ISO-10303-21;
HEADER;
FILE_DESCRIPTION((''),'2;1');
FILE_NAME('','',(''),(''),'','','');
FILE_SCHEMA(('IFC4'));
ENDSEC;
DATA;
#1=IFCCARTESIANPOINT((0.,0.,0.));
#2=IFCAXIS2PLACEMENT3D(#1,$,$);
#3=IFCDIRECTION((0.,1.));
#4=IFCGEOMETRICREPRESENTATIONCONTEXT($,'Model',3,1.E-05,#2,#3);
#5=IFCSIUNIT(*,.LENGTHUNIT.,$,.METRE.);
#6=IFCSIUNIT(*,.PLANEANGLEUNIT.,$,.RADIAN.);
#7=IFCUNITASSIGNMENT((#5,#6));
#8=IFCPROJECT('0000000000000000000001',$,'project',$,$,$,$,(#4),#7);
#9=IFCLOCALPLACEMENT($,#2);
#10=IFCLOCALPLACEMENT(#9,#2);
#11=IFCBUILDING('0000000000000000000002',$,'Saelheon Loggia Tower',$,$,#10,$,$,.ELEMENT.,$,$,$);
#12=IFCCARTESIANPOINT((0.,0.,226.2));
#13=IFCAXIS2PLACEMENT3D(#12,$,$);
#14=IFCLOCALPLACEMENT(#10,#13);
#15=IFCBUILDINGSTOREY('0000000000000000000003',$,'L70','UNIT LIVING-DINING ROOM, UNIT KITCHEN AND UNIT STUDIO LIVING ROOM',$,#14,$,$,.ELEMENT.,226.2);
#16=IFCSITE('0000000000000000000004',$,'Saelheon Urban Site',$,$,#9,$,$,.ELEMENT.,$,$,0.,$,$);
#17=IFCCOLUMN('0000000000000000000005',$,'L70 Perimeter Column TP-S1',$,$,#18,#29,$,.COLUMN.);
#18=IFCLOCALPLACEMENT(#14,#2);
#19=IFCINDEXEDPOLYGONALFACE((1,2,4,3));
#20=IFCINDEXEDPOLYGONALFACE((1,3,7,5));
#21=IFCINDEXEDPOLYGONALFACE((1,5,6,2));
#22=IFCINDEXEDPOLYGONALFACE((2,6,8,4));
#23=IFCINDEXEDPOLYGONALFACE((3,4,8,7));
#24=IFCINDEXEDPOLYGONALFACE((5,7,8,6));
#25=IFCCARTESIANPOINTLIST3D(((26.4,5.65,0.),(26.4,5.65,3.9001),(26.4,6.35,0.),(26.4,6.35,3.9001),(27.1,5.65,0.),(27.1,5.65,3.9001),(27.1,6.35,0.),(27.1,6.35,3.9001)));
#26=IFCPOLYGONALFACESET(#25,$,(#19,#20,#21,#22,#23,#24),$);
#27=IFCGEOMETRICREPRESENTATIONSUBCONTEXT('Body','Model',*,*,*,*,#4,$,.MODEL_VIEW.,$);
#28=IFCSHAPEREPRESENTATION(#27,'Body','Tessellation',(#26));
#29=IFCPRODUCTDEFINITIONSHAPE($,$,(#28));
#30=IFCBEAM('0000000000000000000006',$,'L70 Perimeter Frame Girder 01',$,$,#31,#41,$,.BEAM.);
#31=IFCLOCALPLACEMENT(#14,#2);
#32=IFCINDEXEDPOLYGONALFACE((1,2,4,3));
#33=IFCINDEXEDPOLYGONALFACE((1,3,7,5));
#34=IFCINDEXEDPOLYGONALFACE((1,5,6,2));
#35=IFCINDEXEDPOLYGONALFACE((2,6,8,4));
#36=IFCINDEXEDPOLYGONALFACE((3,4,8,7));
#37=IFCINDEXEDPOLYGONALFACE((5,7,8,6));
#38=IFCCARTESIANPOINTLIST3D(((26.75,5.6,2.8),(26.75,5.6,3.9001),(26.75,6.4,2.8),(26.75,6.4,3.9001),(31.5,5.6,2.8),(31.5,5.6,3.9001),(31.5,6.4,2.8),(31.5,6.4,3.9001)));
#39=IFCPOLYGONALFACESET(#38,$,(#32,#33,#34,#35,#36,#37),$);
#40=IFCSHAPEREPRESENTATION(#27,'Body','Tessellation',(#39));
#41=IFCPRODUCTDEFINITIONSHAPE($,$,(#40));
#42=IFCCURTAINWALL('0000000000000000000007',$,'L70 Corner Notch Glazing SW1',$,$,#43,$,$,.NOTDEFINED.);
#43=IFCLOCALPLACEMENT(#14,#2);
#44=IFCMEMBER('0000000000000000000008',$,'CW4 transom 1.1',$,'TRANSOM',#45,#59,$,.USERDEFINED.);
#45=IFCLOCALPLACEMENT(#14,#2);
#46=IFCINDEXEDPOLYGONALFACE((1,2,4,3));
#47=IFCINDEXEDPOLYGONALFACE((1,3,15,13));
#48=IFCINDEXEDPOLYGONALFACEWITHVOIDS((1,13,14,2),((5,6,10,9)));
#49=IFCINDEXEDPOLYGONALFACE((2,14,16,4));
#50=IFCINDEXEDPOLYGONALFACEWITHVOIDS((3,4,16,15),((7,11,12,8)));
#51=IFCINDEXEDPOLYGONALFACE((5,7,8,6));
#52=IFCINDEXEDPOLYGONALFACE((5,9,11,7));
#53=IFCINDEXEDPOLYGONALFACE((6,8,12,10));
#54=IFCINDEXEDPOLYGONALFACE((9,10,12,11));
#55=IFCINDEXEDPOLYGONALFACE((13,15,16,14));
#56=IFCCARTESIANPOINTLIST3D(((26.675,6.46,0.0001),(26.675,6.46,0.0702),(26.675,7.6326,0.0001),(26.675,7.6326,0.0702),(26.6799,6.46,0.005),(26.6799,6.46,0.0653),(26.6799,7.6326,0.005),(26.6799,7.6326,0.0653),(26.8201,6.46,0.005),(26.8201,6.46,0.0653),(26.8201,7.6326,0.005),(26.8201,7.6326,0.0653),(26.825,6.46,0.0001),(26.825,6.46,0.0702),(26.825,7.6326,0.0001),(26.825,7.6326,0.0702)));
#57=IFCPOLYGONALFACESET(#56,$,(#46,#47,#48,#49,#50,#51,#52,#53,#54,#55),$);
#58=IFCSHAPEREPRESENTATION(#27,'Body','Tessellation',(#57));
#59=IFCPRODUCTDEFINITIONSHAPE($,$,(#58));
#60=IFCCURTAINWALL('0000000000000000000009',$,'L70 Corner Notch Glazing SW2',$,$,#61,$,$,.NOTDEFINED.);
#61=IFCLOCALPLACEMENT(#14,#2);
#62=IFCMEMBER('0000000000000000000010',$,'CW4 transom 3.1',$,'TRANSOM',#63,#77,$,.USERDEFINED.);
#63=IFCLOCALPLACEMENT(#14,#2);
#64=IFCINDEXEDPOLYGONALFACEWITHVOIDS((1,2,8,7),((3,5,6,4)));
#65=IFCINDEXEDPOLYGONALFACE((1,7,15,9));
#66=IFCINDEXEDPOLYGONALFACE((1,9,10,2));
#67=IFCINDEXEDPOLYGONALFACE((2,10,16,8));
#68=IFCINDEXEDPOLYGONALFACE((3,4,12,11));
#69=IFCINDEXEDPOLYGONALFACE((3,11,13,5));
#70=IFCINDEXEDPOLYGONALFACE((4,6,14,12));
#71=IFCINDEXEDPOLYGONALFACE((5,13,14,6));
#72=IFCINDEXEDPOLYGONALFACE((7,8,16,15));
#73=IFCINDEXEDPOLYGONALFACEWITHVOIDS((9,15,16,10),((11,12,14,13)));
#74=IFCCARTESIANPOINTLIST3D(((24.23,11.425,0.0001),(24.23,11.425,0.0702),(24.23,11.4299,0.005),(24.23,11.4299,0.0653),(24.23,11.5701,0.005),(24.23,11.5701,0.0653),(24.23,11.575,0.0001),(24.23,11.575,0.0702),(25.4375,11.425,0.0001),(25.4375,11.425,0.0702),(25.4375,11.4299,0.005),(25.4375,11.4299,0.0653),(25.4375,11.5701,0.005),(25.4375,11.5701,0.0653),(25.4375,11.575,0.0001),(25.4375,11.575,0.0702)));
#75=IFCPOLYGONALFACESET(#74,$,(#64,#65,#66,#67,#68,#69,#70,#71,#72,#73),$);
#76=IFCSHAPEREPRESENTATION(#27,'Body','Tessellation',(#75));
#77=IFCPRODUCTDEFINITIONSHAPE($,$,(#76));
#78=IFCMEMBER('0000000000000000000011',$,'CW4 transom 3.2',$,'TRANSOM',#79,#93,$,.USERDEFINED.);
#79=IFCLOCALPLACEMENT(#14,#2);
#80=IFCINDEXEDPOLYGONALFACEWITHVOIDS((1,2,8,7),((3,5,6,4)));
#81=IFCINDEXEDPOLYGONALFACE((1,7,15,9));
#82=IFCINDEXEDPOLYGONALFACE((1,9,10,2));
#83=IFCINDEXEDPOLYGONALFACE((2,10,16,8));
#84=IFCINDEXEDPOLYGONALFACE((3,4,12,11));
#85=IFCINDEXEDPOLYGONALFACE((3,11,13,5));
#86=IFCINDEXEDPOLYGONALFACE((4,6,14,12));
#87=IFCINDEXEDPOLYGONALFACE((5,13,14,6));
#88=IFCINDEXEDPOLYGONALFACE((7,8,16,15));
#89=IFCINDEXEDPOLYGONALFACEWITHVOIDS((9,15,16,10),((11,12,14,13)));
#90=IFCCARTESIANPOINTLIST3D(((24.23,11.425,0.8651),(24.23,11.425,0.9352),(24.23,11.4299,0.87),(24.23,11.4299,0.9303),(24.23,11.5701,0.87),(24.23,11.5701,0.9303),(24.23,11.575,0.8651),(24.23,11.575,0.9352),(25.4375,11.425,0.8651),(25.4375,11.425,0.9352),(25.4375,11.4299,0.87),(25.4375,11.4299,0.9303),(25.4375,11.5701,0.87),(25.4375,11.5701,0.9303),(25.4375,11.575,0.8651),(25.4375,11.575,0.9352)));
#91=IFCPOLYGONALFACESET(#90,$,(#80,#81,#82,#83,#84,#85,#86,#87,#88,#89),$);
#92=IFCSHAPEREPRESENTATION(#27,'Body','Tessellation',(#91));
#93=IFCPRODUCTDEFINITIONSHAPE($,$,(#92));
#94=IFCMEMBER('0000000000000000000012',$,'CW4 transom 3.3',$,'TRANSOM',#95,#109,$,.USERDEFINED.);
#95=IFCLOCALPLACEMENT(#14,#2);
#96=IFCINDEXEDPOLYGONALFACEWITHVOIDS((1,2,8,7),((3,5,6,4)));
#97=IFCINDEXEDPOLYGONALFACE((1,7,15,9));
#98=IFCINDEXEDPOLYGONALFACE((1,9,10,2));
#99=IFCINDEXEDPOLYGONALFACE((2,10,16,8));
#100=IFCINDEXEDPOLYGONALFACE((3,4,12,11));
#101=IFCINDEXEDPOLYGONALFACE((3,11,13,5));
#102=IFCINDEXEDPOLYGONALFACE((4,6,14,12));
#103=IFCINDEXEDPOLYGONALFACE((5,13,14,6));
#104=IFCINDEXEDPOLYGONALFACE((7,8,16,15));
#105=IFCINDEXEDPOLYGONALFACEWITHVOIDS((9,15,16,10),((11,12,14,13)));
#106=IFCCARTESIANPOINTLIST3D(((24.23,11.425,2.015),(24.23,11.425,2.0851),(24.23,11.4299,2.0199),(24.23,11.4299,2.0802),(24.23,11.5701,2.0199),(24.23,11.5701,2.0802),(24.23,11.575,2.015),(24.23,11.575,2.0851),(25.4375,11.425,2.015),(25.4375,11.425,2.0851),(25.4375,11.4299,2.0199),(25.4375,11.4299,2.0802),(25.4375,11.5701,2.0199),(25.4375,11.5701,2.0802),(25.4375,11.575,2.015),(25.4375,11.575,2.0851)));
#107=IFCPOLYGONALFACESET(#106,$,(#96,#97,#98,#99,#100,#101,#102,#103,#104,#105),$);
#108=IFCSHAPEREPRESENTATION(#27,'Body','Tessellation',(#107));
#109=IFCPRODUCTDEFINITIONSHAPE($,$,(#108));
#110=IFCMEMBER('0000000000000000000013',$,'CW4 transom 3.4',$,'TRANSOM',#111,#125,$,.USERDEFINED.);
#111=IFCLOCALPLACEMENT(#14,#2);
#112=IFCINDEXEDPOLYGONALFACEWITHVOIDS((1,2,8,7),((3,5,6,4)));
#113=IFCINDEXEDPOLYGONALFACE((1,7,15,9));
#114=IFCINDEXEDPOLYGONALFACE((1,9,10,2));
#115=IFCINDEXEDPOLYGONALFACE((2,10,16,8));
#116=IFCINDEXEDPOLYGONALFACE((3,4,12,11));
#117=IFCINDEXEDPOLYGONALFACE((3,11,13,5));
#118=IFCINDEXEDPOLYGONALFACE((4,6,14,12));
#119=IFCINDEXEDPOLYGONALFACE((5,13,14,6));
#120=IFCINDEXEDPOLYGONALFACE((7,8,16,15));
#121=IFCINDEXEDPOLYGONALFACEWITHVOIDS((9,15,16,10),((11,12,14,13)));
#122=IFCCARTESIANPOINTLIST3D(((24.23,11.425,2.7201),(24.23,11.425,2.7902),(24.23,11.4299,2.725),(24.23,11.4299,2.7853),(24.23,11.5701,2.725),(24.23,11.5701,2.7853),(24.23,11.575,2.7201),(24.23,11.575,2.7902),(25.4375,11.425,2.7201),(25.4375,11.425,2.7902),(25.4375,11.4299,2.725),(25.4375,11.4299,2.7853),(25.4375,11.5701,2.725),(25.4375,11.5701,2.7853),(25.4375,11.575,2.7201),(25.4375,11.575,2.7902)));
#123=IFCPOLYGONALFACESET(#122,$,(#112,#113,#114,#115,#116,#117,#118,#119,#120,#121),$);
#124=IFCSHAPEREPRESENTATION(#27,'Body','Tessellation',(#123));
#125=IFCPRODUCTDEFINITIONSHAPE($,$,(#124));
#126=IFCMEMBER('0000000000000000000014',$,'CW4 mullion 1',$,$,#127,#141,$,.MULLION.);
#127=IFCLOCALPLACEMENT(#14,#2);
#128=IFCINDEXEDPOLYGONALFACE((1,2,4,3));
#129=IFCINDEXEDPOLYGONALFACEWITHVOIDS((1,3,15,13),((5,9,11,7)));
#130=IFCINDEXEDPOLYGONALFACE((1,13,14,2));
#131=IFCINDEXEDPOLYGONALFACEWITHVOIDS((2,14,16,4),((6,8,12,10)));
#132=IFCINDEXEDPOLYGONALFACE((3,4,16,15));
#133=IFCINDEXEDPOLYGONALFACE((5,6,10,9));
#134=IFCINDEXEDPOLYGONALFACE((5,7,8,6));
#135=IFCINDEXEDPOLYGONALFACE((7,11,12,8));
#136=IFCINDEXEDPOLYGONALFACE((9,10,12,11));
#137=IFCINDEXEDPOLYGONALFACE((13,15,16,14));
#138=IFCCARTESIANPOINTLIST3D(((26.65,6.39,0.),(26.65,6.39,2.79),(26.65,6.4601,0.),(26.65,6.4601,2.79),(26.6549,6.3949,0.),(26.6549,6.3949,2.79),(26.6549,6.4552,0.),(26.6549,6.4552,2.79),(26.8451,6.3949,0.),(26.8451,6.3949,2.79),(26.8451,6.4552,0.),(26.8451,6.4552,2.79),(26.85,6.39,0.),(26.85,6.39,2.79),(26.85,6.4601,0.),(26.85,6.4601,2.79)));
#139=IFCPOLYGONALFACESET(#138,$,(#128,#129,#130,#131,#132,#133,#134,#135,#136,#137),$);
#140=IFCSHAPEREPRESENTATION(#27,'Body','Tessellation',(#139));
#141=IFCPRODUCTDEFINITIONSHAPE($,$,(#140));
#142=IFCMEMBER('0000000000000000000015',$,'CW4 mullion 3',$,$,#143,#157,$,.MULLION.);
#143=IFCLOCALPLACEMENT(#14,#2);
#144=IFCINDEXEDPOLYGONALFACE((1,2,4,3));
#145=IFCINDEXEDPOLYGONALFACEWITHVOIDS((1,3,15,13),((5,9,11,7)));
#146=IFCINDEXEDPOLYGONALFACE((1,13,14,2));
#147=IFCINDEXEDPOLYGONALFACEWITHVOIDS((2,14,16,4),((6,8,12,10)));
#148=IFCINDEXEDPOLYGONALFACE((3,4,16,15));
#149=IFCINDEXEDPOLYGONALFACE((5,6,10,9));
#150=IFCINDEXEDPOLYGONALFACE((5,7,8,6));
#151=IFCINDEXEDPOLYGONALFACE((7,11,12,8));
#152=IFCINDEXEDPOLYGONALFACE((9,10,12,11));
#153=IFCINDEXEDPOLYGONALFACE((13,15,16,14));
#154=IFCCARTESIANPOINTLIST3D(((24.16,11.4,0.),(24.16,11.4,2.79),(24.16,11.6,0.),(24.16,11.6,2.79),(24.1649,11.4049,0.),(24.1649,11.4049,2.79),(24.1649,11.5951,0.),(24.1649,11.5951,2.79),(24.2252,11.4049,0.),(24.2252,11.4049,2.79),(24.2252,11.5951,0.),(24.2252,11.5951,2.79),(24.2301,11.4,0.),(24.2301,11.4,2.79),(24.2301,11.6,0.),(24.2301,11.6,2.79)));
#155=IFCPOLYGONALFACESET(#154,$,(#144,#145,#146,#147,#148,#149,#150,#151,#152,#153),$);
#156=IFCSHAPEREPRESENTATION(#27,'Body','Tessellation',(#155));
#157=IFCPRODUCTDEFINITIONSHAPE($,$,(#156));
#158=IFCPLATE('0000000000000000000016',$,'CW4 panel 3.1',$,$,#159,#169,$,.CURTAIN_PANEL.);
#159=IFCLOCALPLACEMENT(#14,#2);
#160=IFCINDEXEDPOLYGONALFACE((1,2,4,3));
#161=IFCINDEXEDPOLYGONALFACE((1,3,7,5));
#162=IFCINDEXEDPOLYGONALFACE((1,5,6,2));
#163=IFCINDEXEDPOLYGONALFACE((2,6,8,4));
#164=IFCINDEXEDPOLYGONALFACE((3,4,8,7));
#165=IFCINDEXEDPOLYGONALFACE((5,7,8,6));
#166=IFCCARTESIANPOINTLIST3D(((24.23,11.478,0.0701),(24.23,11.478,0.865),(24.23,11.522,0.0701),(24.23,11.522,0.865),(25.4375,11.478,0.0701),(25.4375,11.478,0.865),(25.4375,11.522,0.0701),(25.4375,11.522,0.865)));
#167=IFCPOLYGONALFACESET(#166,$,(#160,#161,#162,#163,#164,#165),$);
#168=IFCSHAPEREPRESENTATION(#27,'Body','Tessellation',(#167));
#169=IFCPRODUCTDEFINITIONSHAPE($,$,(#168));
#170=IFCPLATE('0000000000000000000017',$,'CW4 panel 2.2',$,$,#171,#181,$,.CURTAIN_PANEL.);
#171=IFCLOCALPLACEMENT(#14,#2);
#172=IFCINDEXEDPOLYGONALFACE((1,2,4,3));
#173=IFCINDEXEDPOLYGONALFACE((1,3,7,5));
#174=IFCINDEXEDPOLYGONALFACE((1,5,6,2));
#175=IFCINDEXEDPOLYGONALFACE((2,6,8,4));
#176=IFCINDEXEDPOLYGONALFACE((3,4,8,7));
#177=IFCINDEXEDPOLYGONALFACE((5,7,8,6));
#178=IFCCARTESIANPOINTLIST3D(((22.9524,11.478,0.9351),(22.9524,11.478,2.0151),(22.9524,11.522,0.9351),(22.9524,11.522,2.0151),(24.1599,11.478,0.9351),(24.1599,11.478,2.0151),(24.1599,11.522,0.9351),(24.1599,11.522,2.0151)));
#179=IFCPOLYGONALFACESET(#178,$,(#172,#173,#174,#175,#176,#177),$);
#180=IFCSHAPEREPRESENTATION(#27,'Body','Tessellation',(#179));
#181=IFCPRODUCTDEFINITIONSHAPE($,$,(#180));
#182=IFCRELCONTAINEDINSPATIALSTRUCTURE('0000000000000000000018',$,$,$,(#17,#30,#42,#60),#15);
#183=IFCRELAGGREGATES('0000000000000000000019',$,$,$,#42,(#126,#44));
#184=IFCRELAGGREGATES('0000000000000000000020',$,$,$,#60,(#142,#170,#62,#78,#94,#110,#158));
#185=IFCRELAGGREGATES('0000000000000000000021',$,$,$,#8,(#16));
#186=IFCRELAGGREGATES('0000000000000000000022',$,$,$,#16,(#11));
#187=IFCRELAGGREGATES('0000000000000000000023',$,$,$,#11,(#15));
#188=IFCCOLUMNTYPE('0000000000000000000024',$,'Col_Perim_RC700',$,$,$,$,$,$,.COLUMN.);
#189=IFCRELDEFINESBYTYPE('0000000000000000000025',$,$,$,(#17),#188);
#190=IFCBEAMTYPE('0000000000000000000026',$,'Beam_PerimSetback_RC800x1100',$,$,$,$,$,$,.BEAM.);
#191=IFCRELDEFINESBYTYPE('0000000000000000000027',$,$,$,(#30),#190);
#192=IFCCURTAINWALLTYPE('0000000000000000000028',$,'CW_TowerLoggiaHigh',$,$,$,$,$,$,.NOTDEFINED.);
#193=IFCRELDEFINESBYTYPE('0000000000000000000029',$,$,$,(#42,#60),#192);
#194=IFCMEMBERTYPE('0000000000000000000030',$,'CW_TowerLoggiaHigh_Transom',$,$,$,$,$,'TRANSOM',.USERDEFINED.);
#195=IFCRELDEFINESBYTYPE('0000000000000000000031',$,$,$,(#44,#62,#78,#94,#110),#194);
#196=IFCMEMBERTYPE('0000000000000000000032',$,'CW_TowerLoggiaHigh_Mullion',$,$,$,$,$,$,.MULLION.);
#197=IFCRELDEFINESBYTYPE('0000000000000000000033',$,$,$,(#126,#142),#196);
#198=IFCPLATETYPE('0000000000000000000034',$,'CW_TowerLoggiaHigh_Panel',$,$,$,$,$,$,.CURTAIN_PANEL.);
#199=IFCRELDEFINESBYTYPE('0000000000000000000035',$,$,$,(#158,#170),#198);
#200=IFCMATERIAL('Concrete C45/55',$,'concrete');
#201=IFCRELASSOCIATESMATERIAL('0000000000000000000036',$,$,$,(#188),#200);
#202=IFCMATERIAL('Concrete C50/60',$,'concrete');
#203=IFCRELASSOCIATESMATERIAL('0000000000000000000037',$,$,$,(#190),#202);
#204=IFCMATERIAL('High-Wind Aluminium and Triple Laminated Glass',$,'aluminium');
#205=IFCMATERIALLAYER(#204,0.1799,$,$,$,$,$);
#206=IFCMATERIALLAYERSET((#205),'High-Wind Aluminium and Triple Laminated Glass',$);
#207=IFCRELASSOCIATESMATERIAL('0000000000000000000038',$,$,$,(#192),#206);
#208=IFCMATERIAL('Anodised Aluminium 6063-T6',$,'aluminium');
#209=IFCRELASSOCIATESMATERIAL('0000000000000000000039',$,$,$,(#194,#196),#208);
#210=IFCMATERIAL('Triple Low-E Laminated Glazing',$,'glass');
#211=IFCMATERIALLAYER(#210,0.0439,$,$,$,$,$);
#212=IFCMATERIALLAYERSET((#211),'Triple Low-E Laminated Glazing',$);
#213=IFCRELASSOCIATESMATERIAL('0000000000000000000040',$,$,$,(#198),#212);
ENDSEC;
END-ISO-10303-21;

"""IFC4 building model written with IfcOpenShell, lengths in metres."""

from ifc_helpers import new_model, si_unit, direction, frame, origin, origin_2d, place, context, subcontext, project, spatial, rectangle, hollow_rectangle, extrude, source, transform, mapped, material, layer, layer_set, material_profile, profile_set, type_object, element, aggregate, save


model = new_model("IFC4")

# Units and contexts
model_context = context("Model", 3, precision=1e-05, world=origin(), true_north=direction((0.0, 1.0)))
body_context = subcontext(model_context, "Body", "Model", "MODEL_VIEW")
ifc_project = project(units=[si_unit("LENGTHUNIT", "METRE"), si_unit("PLANEANGLEUNIT", "RADIAN")], contexts=[model_context])

# Site, building, storey
site_placement = place(None, origin())
site = spatial("IfcSite", under=ifc_project, at=site_placement, Name="Saelheon Urban Site", CompositionType="ELEMENT", RefElevation=0.0)
building_placement = place(site_placement, origin())
building = spatial("IfcBuilding", under=site, at=building_placement, Name="Saelheon Loggia Tower", CompositionType="ELEMENT")
storey_placement = place(building_placement, frame((0.0, 0.0, 226.2)))
storey = spatial("IfcBuildingStorey", under=building, at=storey_placement, Name="L70", Description="UNIT LIVING-DINING ROOM, UNIT KITCHEN AND UNIT STUDIO LIVING ROOM", CompositionType="ELEMENT", Elevation=226.2)

# Column
ifc_material_1 = material(Name="Concrete C45/55", Category="concrete")
ifc_material_profile_1 = material_profile(ifc_material_1, rectangle(XDim=0.7, YDim=0.7, at=origin_2d()), Name="RC-700x700")
ifc_profile_set_1 = profile_set([ifc_material_profile_1], Name="Concrete C45/55")
column_type = type_object("IfcColumnType", Name="Col_Perim_RC700", PredefinedType="COLUMN", material=ifc_profile_set_1)
shared_shape_1 = source(origin(), body_context, "Body", "SweptSolid", [
    extrude(rectangle(XDim=0.7, YDim=0.7, at=origin_2d()), origin(), (0.0, 0.0, 1.0), 3.9001),
])
column_placement = place(storey_placement, frame((26.75, 6.0, 0.0), z_axis=(0.0, 0.0, 1.0), x_axis=(1.0, 0.0, 0.0)))
element("IfcColumn", 1, at=column_placement, inside=storey, type_object=column_type, Name="L70 Perimeter Column TP-S1", PredefinedType="COLUMN", context=body_context, shape_type="MappedRepresentation", body=[
    mapped(shared_shape_1, transform((0.0, 0.0, 0.0), scale=1.0)),
])

# Beam
ifc_material_2 = material(Name="Concrete C50/60", Category="concrete")
ifc_material_profile_2 = material_profile(ifc_material_2, rectangle(XDim=0.8, YDim=1.1001, at=origin_2d()), Name="RC-800x1100")
ifc_profile_set_2 = profile_set([ifc_material_profile_2], Name="Concrete C50/60")
beam_type = type_object("IfcBeamType", Name="Beam_PerimSetback_RC800x1100", PredefinedType="BEAM", material=ifc_profile_set_2)
shared_shape_2 = source(origin(), body_context, "Body", "SweptSolid", [
    extrude(rectangle(XDim=0.8, YDim=1.1001, at=origin_2d()), origin(), (0.0, 0.0, 1.0), 4.75),
])
beam_placement = place(storey_placement, frame((26.75, 6.0, 3.3501), z_axis=(1.0, 0.0, 0.0), x_axis=(0.0, 1.0, 0.0)))
element("IfcBeam", 2, at=beam_placement, inside=storey, type_object=beam_type, Name="L70 Perimeter Frame Girder 01", PredefinedType="BEAM", context=body_context, shape_type="MappedRepresentation", body=[
    mapped(shared_shape_2, transform((0.0, 0.0, 0.0), scale=1.0)),
])

# Curtain wall, member
ifc_material_3 = material(Name="High-Wind Aluminium and Triple Laminated Glass", Category="aluminium")
ifc_layer_1 = layer(ifc_material_3, 0.1799)
ifc_layer_set_1 = layer_set([ifc_layer_1], Name="High-Wind Aluminium and Triple Laminated Glass")
curtain_wall_type = type_object("IfcCurtainWallType", Name="CW_TowerLoggiaHigh", PredefinedType="NOTDEFINED", material=ifc_layer_set_1)
curtain_wall_1_placement = place(storey_placement, origin())
curtain_wall_1 = element("IfcCurtainWall", 3, at=curtain_wall_1_placement, inside=storey, type_object=curtain_wall_type, Name="L70 Corner Notch Glazing SW1", PredefinedType="NOTDEFINED")
ifc_material_4 = material(Name="Anodised Aluminium 6063-T6", Category="aluminium")
ifc_material_profile_3 = material_profile(ifc_material_4, hollow_rectangle(XDim=0.0701, YDim=0.1499, WallThickness=0.0049, at=origin_2d()), Name="RHS-150x70x5")
ifc_profile_set_3 = profile_set([ifc_material_profile_3], Name="Anodised Aluminium 6063-T6")
member_type_1 = type_object("IfcMemberType", Name="CW_TowerLoggiaHigh_Transom", ElementType="TRANSOM", PredefinedType="USERDEFINED", material=ifc_profile_set_3)
shared_shape_3 = source(origin(), body_context, "Body", "SweptSolid", [
    extrude(hollow_rectangle(XDim=0.0701, YDim=0.1499, WallThickness=0.0049, at=origin_2d()), origin(), (0.0, 0.0, 1.0), 1.1726),
])
member_1_placement = place(storey_placement, frame((26.75, 6.46, 0.0352), z_axis=(0.0, 1.0, 0.0), x_axis=(0.0, 0.0, 1.0)))
member_1 = element("IfcMember", 4, at=member_1_placement, type_object=member_type_1, Name="CW4 transom 1.1", ObjectType="TRANSOM", PredefinedType="USERDEFINED", context=body_context, shape_type="MappedRepresentation", body=[
    mapped(shared_shape_3, transform((0.0, 0.0, 0.0), scale=1.0)),
])

# Curtain wall, members
curtain_wall_2_placement = place(storey_placement, origin())
curtain_wall_2 = element("IfcCurtainWall", 5, at=curtain_wall_2_placement, inside=storey, type_object=curtain_wall_type, Name="L70 Corner Notch Glazing SW2", PredefinedType="NOTDEFINED")
shared_shape_4 = source(origin(), body_context, "Body", "SweptSolid", [
    extrude(hollow_rectangle(XDim=0.0701, YDim=0.1499, WallThickness=0.0049, at=origin_2d()), origin(), (0.0, 0.0, 1.0), 1.2075),
])
member_2_placement = place(storey_placement, frame((24.23, 11.5, 0.0352), z_axis=(1.0, 0.0, 0.0), x_axis=(0.0, 0.0, 1.0)))
member_2 = element("IfcMember", 6, at=member_2_placement, type_object=member_type_1, Name="CW4 transom 3.1", ObjectType="TRANSOM", PredefinedType="USERDEFINED", context=body_context, shape_type="MappedRepresentation", body=[
    mapped(shared_shape_4, transform((0.0, 0.0, 0.0), scale=1.0)),
])
member_3_placement = place(storey_placement, frame((24.23, 11.5, 0.9001), z_axis=(1.0, 0.0, 0.0), x_axis=(0.0, 0.0, 1.0)))
member_3 = element("IfcMember", 7, at=member_3_placement, type_object=member_type_1, Name="CW4 transom 3.2", ObjectType="TRANSOM", PredefinedType="USERDEFINED", context=body_context, shape_type="MappedRepresentation", body=[
    mapped(shared_shape_4, transform((0.0, 0.0, 0.0), scale=1.0)),
])
member_4_placement = place(storey_placement, frame((24.23, 11.5, 2.05), z_axis=(1.0, 0.0, 0.0), x_axis=(0.0, 0.0, 1.0)))
member_4 = element("IfcMember", 8, at=member_4_placement, type_object=member_type_1, Name="CW4 transom 3.3", ObjectType="TRANSOM", PredefinedType="USERDEFINED", context=body_context, shape_type="MappedRepresentation", body=[
    mapped(shared_shape_4, transform((0.0, 0.0, 0.0), scale=1.0)),
])
member_5_placement = place(storey_placement, frame((24.23, 11.5, 2.7551), z_axis=(1.0, 0.0, 0.0), x_axis=(0.0, 0.0, 1.0)))
member_5 = element("IfcMember", 9, at=member_5_placement, type_object=member_type_1, Name="CW4 transom 3.4", ObjectType="TRANSOM", PredefinedType="USERDEFINED", context=body_context, shape_type="MappedRepresentation", body=[
    mapped(shared_shape_4, transform((0.0, 0.0, 0.0), scale=1.0)),
])

# Members
ifc_material_profile_4 = material_profile(ifc_material_4, hollow_rectangle(XDim=0.0701, YDim=0.2, WallThickness=0.0049, at=origin_2d()), Name="RHS-200x70x5")
ifc_profile_set_4 = profile_set([ifc_material_profile_4], Name="Anodised Aluminium 6063-T6")
member_type_2 = type_object("IfcMemberType", Name="CW_TowerLoggiaHigh_Mullion", PredefinedType="MULLION", material=ifc_profile_set_4)
shared_shape_5 = source(origin(), body_context, "Body", "SweptSolid", [
    extrude(hollow_rectangle(XDim=0.0701, YDim=0.2, WallThickness=0.0049, at=origin_2d()), origin(), (0.0, 0.0, 1.0), 2.79),
])
member_6_placement = place(storey_placement, frame((26.75, 6.425, 0.0), z_axis=(0.0, 0.0, 1.0), x_axis=(0.0, 1.0, 0.0)))
member_6 = element("IfcMember", 10, at=member_6_placement, type_object=member_type_2, Name="CW4 mullion 1", PredefinedType="MULLION", context=body_context, shape_type="MappedRepresentation", body=[
    mapped(shared_shape_5, transform((0.0, 0.0, 0.0), scale=1.0)),
])
aggregate(curtain_wall_1, [member_6, member_1])
member_7_placement = place(storey_placement, frame((24.1951, 11.5, 0.0), z_axis=(0.0, 0.0, 1.0), x_axis=(1.0, 0.0, 0.0)))
member_7 = element("IfcMember", 11, at=member_7_placement, type_object=member_type_2, Name="CW4 mullion 3", PredefinedType="MULLION", context=body_context, shape_type="MappedRepresentation", body=[
    mapped(shared_shape_5, transform((0.0, 0.0, 0.0), scale=1.0)),
])

# Plates
ifc_material_5 = material(Name="Triple Low-E Laminated Glazing", Category="glass")
ifc_layer_2 = layer(ifc_material_5, 0.0439)
ifc_layer_set_2 = layer_set([ifc_layer_2], Name="Triple Low-E Laminated Glazing")
plate_type = type_object("IfcPlateType", Name="CW_TowerLoggiaHigh_Panel", PredefinedType="CURTAIN_PANEL", material=ifc_layer_set_2)
shared_shape_6 = source(origin(), body_context, "Body", "SweptSolid", [
    extrude(rectangle(XDim=1.2075, YDim=0.0439, at=origin_2d()), origin(), (0.0, 0.0, 1.0), 0.7949),
])
plate_1_placement = place(storey_placement, frame((24.8337, 11.5, 0.0701), z_axis=(0.0, 0.0, 1.0), x_axis=(1.0, 0.0, 0.0)))
plate_1 = element("IfcPlate", 12, at=plate_1_placement, type_object=plate_type, Name="CW4 panel 3.1", PredefinedType="CURTAIN_PANEL", context=body_context, shape_type="MappedRepresentation", body=[
    mapped(shared_shape_6, transform((0.0, 0.0, 0.0), scale=1.0)),
])
shared_shape_7 = source(origin(), body_context, "Body", "SweptSolid", [
    extrude(rectangle(XDim=1.2075, YDim=0.0439, at=origin_2d()), origin(), (0.0, 0.0, 1.0), 1.0801),
])
plate_2_placement = place(storey_placement, frame((23.5562, 11.5, 0.9351), z_axis=(0.0, 0.0, 1.0), x_axis=(1.0, 0.0, 0.0)))
plate_2 = element("IfcPlate", 13, at=plate_2_placement, type_object=plate_type, Name="CW4 panel 2.2", PredefinedType="CURTAIN_PANEL", context=body_context, shape_type="MappedRepresentation", body=[
    mapped(shared_shape_7, transform((0.0, 0.0, 0.0), scale=1.0)),
])
aggregate(curtain_wall_2, [member_7, plate_2, member_2, member_3, member_4, member_5, plate_1])

save(model, "model.ifc")
